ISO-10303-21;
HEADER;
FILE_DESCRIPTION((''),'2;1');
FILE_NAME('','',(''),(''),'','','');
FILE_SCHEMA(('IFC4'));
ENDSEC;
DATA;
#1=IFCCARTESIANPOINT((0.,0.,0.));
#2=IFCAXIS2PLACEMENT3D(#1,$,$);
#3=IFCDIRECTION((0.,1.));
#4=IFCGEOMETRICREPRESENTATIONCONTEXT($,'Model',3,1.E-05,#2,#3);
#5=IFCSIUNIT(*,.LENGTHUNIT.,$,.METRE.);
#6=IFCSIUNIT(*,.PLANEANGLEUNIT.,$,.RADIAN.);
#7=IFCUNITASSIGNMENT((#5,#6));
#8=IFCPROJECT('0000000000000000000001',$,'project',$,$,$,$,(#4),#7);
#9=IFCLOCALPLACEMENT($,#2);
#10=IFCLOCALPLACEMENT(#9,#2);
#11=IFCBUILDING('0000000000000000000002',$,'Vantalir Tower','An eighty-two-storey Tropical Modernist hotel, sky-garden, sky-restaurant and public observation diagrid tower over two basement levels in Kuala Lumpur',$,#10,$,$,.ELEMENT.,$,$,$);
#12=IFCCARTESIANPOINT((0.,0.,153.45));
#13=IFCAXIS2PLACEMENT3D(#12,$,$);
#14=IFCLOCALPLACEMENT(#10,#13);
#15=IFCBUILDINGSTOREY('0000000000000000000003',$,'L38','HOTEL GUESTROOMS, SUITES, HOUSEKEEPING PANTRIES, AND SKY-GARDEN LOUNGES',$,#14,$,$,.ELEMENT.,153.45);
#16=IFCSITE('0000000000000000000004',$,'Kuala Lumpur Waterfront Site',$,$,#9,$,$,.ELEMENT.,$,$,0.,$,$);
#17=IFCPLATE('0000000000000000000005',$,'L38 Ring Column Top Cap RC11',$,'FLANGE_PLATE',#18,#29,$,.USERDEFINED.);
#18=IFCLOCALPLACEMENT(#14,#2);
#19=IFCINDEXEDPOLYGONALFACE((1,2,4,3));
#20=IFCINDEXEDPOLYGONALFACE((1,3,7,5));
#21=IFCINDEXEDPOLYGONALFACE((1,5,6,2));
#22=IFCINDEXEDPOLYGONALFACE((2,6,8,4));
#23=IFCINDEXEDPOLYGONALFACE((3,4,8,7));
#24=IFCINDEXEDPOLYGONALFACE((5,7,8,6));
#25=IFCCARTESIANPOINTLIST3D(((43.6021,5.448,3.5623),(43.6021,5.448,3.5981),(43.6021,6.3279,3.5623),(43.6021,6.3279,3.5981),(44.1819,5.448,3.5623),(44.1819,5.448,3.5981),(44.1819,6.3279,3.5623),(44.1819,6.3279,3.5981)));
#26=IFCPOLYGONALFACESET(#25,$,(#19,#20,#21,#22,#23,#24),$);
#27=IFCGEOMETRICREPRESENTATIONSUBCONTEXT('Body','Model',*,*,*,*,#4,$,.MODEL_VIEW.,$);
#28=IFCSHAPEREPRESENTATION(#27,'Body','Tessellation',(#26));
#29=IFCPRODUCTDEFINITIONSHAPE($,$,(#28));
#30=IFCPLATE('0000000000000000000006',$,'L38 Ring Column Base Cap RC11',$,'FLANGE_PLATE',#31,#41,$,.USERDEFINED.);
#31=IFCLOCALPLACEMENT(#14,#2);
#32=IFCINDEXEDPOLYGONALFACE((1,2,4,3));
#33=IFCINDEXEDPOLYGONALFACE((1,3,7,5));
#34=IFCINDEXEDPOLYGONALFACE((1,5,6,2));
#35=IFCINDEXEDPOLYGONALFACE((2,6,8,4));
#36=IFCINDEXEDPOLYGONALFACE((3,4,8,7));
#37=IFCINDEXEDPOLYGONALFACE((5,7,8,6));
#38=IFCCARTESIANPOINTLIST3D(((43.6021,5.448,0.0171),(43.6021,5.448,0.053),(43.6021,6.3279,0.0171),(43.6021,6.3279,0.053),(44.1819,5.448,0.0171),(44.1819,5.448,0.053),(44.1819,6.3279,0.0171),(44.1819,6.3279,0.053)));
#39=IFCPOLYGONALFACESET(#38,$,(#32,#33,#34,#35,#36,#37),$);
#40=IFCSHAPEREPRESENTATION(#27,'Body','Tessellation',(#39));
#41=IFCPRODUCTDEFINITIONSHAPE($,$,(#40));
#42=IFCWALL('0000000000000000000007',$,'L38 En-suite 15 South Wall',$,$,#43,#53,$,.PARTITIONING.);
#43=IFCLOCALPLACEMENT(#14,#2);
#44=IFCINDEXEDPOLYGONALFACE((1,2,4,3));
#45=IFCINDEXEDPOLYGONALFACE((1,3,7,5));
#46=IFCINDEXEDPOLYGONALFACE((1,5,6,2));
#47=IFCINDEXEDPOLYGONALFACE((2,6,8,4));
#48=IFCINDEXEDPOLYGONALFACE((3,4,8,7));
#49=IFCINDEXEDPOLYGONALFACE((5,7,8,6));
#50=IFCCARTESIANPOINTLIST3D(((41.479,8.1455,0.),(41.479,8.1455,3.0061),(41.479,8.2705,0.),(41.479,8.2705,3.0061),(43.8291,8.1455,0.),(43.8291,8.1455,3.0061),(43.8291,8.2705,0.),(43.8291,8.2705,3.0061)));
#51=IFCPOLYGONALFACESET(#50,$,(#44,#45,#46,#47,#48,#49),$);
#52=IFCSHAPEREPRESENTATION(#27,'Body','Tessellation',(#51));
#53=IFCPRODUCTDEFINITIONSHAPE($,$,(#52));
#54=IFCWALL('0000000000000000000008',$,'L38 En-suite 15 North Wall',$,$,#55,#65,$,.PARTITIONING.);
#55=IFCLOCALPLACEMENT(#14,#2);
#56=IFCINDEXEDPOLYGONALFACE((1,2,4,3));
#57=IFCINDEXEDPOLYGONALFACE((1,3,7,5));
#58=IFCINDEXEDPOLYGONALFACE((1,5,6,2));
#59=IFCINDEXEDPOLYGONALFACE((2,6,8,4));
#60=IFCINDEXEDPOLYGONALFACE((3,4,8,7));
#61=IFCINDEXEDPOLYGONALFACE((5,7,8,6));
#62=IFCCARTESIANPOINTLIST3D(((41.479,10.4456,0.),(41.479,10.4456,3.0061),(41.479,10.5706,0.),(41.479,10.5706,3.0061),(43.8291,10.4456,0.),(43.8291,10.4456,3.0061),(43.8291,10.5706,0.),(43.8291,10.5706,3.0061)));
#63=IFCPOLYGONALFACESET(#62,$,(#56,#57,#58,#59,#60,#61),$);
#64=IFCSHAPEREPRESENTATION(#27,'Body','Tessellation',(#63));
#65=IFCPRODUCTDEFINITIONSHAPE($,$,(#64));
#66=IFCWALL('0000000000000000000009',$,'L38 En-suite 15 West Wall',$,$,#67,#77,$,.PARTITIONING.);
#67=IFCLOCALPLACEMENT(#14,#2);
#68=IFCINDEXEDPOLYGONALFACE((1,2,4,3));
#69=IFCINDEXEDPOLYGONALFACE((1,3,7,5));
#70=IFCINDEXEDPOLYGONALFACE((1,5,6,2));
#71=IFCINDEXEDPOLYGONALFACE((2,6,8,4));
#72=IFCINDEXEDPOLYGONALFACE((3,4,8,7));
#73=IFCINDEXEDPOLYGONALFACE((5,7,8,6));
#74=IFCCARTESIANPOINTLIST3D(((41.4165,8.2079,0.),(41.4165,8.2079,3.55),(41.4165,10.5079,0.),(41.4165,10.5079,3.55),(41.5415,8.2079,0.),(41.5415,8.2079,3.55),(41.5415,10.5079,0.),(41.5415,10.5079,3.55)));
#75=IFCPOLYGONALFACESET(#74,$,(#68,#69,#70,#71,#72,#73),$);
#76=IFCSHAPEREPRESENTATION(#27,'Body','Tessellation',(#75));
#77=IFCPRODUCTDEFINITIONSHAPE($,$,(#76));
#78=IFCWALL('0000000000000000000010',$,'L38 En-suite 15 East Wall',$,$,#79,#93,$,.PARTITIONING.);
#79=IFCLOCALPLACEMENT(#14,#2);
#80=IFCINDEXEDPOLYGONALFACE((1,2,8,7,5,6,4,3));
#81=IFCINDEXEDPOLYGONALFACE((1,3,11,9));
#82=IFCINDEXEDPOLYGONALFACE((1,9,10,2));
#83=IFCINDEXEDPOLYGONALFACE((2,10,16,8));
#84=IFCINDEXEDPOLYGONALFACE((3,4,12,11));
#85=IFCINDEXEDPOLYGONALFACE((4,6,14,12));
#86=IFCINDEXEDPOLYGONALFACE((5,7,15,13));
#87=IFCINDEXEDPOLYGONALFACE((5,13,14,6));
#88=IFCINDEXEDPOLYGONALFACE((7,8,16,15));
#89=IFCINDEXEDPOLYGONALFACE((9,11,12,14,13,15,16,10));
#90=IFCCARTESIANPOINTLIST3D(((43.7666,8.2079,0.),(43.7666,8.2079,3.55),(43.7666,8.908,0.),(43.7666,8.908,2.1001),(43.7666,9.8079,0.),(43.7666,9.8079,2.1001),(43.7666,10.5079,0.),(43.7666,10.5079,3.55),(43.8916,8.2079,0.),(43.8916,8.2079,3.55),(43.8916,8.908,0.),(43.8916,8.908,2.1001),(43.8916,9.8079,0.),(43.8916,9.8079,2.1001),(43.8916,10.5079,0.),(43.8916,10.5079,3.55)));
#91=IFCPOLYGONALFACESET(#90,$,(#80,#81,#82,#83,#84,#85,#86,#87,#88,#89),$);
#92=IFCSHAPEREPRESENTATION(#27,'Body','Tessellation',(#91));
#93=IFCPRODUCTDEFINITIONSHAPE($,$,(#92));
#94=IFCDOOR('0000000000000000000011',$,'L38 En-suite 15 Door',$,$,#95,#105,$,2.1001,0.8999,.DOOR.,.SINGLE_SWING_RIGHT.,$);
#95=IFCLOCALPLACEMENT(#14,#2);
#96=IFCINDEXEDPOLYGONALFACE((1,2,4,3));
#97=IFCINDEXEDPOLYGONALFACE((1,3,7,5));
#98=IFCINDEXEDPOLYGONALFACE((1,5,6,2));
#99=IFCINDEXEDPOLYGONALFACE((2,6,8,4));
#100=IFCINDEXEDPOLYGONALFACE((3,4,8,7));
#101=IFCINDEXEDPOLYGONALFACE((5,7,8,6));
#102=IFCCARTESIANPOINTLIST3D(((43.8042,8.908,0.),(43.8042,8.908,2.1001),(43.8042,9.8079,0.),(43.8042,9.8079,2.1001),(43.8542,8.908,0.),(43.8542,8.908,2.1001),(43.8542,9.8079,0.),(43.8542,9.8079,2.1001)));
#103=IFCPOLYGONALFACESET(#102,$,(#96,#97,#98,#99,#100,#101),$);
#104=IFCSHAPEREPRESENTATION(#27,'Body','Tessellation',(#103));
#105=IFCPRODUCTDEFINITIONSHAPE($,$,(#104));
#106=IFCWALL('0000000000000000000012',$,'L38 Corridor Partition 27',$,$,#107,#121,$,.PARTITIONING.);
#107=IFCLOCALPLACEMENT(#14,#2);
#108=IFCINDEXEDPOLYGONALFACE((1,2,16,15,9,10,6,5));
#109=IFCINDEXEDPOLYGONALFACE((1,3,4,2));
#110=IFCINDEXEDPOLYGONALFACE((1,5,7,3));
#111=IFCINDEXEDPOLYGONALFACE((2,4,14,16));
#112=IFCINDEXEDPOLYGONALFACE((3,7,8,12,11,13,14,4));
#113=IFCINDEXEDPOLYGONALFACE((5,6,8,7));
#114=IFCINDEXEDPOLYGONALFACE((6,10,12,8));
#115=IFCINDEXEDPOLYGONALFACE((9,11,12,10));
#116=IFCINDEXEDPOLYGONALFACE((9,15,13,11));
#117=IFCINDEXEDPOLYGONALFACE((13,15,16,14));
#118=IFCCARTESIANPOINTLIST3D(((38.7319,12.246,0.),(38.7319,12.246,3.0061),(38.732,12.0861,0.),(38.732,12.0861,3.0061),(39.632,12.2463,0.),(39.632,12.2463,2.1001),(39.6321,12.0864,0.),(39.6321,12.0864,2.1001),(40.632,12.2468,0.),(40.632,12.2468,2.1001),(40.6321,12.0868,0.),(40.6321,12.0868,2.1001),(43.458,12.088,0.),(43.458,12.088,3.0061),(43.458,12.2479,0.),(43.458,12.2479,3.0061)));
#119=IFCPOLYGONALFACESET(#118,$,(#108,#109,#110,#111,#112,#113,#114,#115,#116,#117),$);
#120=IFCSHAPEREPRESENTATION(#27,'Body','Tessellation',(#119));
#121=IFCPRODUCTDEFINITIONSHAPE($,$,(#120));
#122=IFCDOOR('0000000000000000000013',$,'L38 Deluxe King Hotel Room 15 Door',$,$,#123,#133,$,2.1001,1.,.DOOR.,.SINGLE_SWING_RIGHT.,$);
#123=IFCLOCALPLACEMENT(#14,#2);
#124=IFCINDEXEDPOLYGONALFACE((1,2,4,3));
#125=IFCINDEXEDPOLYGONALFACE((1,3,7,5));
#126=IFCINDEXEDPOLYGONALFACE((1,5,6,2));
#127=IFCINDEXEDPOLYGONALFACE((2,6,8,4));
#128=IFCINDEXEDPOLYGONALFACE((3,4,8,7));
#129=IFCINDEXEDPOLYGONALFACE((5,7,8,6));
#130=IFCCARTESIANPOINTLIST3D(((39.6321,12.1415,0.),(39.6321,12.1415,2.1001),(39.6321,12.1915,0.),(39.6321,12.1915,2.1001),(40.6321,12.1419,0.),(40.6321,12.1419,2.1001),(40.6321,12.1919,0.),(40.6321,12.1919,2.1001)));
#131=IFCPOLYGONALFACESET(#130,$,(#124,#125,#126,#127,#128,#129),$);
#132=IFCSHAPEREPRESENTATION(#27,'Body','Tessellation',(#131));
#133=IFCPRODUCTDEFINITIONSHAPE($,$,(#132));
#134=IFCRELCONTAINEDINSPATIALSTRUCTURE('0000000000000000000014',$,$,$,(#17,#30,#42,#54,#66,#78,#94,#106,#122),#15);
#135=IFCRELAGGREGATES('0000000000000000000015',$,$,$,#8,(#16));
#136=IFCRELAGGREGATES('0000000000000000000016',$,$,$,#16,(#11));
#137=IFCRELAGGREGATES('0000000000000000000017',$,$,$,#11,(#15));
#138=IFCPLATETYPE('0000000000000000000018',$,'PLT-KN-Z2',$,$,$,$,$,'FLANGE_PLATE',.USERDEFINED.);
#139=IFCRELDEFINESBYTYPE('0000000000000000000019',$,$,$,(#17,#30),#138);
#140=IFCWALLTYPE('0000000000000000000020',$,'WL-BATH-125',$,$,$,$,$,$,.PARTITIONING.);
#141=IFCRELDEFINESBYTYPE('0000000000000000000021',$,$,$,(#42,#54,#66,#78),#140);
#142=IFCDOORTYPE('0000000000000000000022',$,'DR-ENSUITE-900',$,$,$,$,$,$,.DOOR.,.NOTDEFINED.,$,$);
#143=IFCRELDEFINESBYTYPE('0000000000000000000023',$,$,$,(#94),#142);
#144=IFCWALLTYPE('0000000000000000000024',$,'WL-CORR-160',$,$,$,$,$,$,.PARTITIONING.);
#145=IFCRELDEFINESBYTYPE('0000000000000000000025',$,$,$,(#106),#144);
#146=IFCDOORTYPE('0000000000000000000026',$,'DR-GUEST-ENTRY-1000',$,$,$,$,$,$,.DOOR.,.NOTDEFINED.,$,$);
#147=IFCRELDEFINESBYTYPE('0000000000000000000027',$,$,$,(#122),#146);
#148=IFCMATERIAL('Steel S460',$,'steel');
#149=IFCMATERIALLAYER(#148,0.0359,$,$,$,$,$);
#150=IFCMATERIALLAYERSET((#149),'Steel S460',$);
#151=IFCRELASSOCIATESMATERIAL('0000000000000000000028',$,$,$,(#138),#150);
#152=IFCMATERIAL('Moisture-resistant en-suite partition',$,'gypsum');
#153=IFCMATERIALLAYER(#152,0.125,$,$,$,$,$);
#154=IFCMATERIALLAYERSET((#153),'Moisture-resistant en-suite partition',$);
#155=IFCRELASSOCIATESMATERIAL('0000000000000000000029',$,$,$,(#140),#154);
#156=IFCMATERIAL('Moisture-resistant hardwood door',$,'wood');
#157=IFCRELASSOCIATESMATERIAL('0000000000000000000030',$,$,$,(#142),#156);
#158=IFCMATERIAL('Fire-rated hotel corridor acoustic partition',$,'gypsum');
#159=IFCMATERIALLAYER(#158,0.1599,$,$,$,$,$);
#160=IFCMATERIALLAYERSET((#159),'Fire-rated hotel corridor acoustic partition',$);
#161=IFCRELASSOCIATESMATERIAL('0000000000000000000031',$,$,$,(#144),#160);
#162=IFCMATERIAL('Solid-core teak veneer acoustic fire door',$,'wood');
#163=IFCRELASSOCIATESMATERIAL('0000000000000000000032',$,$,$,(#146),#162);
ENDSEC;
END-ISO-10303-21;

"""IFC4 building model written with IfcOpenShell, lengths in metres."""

from ifc_helpers import new_model, si_unit, direction, frame, frame_2d, origin, place, context, subcontext, project, spatial, polyline, rectangle, outline, extrude, material, layer, layer_set, type_object, element, fill, save


model = new_model("IFC4")

# Units and contexts
model_context = context("Model", 3, precision=1e-05, world=origin(), true_north=direction((0.0, 1.0)))
body_context = subcontext(model_context, "Body", "Model", "MODEL_VIEW")
ifc_project = project(units=[si_unit("LENGTHUNIT", "METRE"), si_unit("PLANEANGLEUNIT", "RADIAN")], contexts=[model_context])

# Site, building, storey
site_placement = place(None, origin())
site = spatial("IfcSite", under=ifc_project, at=site_placement, Name="Kuala Lumpur Waterfront Site", CompositionType="ELEMENT", RefElevation=0.0)
building_placement = place(site_placement, origin())
building = spatial("IfcBuilding", under=site, at=building_placement, Name="Vantalir Tower", Description="An eighty-two-storey Tropical Modernist hotel, sky-garden, sky-restaurant and public observation diagrid tower over two basement levels in Kuala Lumpur", CompositionType="ELEMENT")
storey_placement = place(building_placement, frame((0.0, 0.0, 153.45)))
storey = spatial("IfcBuildingStorey", under=building, at=storey_placement, Name="L38", Description="HOTEL GUESTROOMS, SUITES, HOUSEKEEPING PANTRIES, AND SKY-GARDEN LOUNGES", CompositionType="ELEMENT", Elevation=153.45)

# Shared definitions
ifc_material_1 = material(Name="Steel S460", Category="steel")

# Plates
ifc_layer_1 = layer(ifc_material_1, 0.0359)
ifc_layer_set_1 = layer_set([ifc_layer_1], Name="Steel S460")
plate_type_1 = type_object("IfcPlateType", Name="PLT-KN-Z2", ElementType="FLANGE_PLATE", PredefinedType="USERDEFINED", material=ifc_layer_set_1)
for number, where, z_axis, x_axis, name in (
    (1, (43.6021, 6.3279, 3.5981), (0.0, 0.0, 1.0), (0.0, -1.0, 0.0), "L38 Ring Column Top Cap RC11"),
    (2, (43.6021, 6.3279, 0.053), (0.0, 0.0, 1.0), (0.0, -1.0, 0.0), "L38 Ring Column Base Cap RC11"),
):
    element("IfcPlate", number, at=place(storey_placement, frame(where, z_axis=z_axis, x_axis=x_axis)), inside=storey, type_object=plate_type_1, Name=name, ObjectType="FLANGE_PLATE", PredefinedType="USERDEFINED", context=body_context, shape_type="SweptSolid", body=[
        extrude(outline(polyline([(0.0, 0.0), (0.8799, 0.0), (0.8799, 0.5798), (0.0, 0.5798), (0.0, 0.0)])), origin(), (0.0, 0.0, -1.0), 0.0359),
    ])

# Walls
ifc_material_2 = material(Name="Moisture-resistant en-suite partition", Category="gypsum")
ifc_layer_2 = layer(ifc_material_2, 0.125)
ifc_layer_set_2 = layer_set([ifc_layer_2], Name="Moisture-resistant en-suite partition")
wall_type_1 = type_object("IfcWallType", Name="WL-BATH-125", PredefinedType="PARTITIONING", material=ifc_layer_set_2)
for number, where, z_axis, x_axis, name in (
    (3, (41.479, 8.208, 0.0), (0.0, 0.0, 1.0), (1.0, 0.0, 0.0), "L38 En-suite 15 South Wall"),
    (4, (41.479, 10.5081, 0.0), (0.0, 0.0, 1.0), (1.0, 0.0, 0.0), "L38 En-suite 15 North Wall"),
):
    element("IfcWall", number, at=place(storey_placement, frame(where, z_axis=z_axis, x_axis=x_axis)), inside=storey, type_object=wall_type_1, Name=name, PredefinedType="PARTITIONING", context=body_context, shape_type="SweptSolid", body=[
        extrude(rectangle(XDim=2.3501, YDim=0.125, at=frame_2d((1.175, 0.0))), origin(), (0.0, 0.0, 1.0), 3.0061),
    ])
wall_1_placement = place(storey_placement, frame((41.479, 8.208, 0.0), z_axis=(0.0, 0.0, 1.0), x_axis=(0.0, 1.0, 0.0)))
element("IfcWall", 5, at=wall_1_placement, inside=storey, type_object=wall_type_1, Name="L38 En-suite 15 West Wall", PredefinedType="PARTITIONING", context=body_context, shape_type="SweptSolid", body=[
    extrude(rectangle(XDim=2.3, YDim=0.125, at=frame_2d((1.1499, 0.0))), origin(), (0.0, 0.0, 1.0), 3.55),
])

# Walls, openings, doors
wall_2_placement = place(storey_placement, frame((43.8291, 8.208, 0.0), z_axis=(0.0, 0.0, 1.0), x_axis=(0.0, 1.0, 0.0)))
wall_2 = element("IfcWall", 6, at=wall_2_placement, inside=storey, type_object=wall_type_1, Name="L38 En-suite 15 East Wall", PredefinedType="PARTITIONING", context=body_context, shape_type="SweptSolid", body=[
    extrude(rectangle(XDim=2.3, YDim=0.125, at=frame_2d((1.1499, 0.0))), origin(), (0.0, 0.0, 1.0), 3.55),
])
opening_1_placement = place(wall_2_placement, frame((0.7, 0.0, 0.0)))
opening_1 = element("IfcOpeningElement", 7, at=opening_1_placement, cuts=wall_2, PredefinedType="OPENING", context=body_context, shape_type="SweptSolid", body=[
    extrude(rectangle(XDim=0.8999, YDim=2.1001, at=frame_2d((0.45, 1.05))), frame((0.0, 0.0725, 0.0), z_axis=(0.0, -1.0, 0.0), x_axis=(1.0, 0.0, 0.0)), (0.0, 0.0, 1.0), 0.145),
])
ifc_material_3 = material(Name="Moisture-resistant hardwood door", Category="wood")
door_type_1 = type_object("IfcDoorType", Name="DR-ENSUITE-900", OperationType="NOTDEFINED", PredefinedType="DOOR", material=ifc_material_3)
door_1_placement = place(opening_1_placement, origin())
door_1 = element("IfcDoor", 8, at=door_1_placement, inside=storey, type_object=door_type_1, Name="L38 En-suite 15 Door", OperationType="SINGLE_SWING_RIGHT", OverallHeight=2.1001, OverallWidth=0.8999, PredefinedType="DOOR", context=body_context, shape_type="SweptSolid", body=[
    extrude(rectangle(XDim=0.8999, YDim=2.1001, at=frame_2d((0.45, 1.05))), frame((0.0, 0.0249, 0.0), z_axis=(0.0, -1.0, 0.0), x_axis=(1.0, 0.0, 0.0)), (0.0, 0.0, 1.0), 0.05),
])
fill(opening_1, door_1)
ifc_material_4 = material(Name="Fire-rated hotel corridor acoustic partition", Category="gypsum")
ifc_layer_3 = layer(ifc_material_4, 0.1599)
ifc_layer_set_3 = layer_set([ifc_layer_3], Name="Fire-rated hotel corridor acoustic partition")
wall_type_2 = type_object("IfcWallType", Name="WL-CORR-160", PredefinedType="PARTITIONING", material=ifc_layer_set_3)
wall_3_placement = place(storey_placement, frame((43.458, 12.168, 0.0), z_axis=(0.0, 0.0, 1.0), x_axis=(-1.0, -0.000413, 0.0)))
wall_3 = element("IfcWall", 9, at=wall_3_placement, inside=storey, type_object=wall_type_2, Name="L38 Corridor Partition 27", PredefinedType="PARTITIONING", context=body_context, shape_type="SweptSolid", body=[
    extrude(rectangle(XDim=4.7261, YDim=0.1599, at=frame_2d((2.363, 0.0))), origin(), (0.0, 0.0, 1.0), 3.0061),
])
opening_2_placement = place(wall_3_placement, frame((2.8259, 0.0, 0.0)))
opening_2 = element("IfcOpeningElement", 10, at=opening_2_placement, cuts=wall_3, PredefinedType="OPENING", context=body_context, shape_type="SweptSolid", body=[
    extrude(rectangle(XDim=1.0, YDim=2.1001, at=frame_2d((0.5, 1.05))), frame((0.0, 0.0898, 0.0), z_axis=(0.0, -1.0, 0.0), x_axis=(1.0, 0.0, 0.0)), (0.0, 0.0, 1.0), 0.1799),
])
ifc_material_5 = material(Name="Solid-core teak veneer acoustic fire door", Category="wood")
door_type_2 = type_object("IfcDoorType", Name="DR-GUEST-ENTRY-1000", OperationType="NOTDEFINED", PredefinedType="DOOR", material=ifc_material_5)
door_2_placement = place(opening_2_placement, origin())
door_2 = element("IfcDoor", 11, at=door_2_placement, inside=storey, type_object=door_type_2, Name="L38 Deluxe King Hotel Room 15 Door", OperationType="SINGLE_SWING_RIGHT", OverallHeight=2.1001, OverallWidth=1.0, PredefinedType="DOOR", context=body_context, shape_type="SweptSolid", body=[
    extrude(rectangle(XDim=1.0, YDim=2.1001, at=frame_2d((0.5, 1.05))), frame((0.0, 0.0249, 0.0), z_axis=(0.0, -1.0, 0.0), x_axis=(1.0, 0.0, 0.0)), (0.0, 0.0, 1.0), 0.05),
])
fill(opening_2, door_2)

save(model, "model.ifc")
